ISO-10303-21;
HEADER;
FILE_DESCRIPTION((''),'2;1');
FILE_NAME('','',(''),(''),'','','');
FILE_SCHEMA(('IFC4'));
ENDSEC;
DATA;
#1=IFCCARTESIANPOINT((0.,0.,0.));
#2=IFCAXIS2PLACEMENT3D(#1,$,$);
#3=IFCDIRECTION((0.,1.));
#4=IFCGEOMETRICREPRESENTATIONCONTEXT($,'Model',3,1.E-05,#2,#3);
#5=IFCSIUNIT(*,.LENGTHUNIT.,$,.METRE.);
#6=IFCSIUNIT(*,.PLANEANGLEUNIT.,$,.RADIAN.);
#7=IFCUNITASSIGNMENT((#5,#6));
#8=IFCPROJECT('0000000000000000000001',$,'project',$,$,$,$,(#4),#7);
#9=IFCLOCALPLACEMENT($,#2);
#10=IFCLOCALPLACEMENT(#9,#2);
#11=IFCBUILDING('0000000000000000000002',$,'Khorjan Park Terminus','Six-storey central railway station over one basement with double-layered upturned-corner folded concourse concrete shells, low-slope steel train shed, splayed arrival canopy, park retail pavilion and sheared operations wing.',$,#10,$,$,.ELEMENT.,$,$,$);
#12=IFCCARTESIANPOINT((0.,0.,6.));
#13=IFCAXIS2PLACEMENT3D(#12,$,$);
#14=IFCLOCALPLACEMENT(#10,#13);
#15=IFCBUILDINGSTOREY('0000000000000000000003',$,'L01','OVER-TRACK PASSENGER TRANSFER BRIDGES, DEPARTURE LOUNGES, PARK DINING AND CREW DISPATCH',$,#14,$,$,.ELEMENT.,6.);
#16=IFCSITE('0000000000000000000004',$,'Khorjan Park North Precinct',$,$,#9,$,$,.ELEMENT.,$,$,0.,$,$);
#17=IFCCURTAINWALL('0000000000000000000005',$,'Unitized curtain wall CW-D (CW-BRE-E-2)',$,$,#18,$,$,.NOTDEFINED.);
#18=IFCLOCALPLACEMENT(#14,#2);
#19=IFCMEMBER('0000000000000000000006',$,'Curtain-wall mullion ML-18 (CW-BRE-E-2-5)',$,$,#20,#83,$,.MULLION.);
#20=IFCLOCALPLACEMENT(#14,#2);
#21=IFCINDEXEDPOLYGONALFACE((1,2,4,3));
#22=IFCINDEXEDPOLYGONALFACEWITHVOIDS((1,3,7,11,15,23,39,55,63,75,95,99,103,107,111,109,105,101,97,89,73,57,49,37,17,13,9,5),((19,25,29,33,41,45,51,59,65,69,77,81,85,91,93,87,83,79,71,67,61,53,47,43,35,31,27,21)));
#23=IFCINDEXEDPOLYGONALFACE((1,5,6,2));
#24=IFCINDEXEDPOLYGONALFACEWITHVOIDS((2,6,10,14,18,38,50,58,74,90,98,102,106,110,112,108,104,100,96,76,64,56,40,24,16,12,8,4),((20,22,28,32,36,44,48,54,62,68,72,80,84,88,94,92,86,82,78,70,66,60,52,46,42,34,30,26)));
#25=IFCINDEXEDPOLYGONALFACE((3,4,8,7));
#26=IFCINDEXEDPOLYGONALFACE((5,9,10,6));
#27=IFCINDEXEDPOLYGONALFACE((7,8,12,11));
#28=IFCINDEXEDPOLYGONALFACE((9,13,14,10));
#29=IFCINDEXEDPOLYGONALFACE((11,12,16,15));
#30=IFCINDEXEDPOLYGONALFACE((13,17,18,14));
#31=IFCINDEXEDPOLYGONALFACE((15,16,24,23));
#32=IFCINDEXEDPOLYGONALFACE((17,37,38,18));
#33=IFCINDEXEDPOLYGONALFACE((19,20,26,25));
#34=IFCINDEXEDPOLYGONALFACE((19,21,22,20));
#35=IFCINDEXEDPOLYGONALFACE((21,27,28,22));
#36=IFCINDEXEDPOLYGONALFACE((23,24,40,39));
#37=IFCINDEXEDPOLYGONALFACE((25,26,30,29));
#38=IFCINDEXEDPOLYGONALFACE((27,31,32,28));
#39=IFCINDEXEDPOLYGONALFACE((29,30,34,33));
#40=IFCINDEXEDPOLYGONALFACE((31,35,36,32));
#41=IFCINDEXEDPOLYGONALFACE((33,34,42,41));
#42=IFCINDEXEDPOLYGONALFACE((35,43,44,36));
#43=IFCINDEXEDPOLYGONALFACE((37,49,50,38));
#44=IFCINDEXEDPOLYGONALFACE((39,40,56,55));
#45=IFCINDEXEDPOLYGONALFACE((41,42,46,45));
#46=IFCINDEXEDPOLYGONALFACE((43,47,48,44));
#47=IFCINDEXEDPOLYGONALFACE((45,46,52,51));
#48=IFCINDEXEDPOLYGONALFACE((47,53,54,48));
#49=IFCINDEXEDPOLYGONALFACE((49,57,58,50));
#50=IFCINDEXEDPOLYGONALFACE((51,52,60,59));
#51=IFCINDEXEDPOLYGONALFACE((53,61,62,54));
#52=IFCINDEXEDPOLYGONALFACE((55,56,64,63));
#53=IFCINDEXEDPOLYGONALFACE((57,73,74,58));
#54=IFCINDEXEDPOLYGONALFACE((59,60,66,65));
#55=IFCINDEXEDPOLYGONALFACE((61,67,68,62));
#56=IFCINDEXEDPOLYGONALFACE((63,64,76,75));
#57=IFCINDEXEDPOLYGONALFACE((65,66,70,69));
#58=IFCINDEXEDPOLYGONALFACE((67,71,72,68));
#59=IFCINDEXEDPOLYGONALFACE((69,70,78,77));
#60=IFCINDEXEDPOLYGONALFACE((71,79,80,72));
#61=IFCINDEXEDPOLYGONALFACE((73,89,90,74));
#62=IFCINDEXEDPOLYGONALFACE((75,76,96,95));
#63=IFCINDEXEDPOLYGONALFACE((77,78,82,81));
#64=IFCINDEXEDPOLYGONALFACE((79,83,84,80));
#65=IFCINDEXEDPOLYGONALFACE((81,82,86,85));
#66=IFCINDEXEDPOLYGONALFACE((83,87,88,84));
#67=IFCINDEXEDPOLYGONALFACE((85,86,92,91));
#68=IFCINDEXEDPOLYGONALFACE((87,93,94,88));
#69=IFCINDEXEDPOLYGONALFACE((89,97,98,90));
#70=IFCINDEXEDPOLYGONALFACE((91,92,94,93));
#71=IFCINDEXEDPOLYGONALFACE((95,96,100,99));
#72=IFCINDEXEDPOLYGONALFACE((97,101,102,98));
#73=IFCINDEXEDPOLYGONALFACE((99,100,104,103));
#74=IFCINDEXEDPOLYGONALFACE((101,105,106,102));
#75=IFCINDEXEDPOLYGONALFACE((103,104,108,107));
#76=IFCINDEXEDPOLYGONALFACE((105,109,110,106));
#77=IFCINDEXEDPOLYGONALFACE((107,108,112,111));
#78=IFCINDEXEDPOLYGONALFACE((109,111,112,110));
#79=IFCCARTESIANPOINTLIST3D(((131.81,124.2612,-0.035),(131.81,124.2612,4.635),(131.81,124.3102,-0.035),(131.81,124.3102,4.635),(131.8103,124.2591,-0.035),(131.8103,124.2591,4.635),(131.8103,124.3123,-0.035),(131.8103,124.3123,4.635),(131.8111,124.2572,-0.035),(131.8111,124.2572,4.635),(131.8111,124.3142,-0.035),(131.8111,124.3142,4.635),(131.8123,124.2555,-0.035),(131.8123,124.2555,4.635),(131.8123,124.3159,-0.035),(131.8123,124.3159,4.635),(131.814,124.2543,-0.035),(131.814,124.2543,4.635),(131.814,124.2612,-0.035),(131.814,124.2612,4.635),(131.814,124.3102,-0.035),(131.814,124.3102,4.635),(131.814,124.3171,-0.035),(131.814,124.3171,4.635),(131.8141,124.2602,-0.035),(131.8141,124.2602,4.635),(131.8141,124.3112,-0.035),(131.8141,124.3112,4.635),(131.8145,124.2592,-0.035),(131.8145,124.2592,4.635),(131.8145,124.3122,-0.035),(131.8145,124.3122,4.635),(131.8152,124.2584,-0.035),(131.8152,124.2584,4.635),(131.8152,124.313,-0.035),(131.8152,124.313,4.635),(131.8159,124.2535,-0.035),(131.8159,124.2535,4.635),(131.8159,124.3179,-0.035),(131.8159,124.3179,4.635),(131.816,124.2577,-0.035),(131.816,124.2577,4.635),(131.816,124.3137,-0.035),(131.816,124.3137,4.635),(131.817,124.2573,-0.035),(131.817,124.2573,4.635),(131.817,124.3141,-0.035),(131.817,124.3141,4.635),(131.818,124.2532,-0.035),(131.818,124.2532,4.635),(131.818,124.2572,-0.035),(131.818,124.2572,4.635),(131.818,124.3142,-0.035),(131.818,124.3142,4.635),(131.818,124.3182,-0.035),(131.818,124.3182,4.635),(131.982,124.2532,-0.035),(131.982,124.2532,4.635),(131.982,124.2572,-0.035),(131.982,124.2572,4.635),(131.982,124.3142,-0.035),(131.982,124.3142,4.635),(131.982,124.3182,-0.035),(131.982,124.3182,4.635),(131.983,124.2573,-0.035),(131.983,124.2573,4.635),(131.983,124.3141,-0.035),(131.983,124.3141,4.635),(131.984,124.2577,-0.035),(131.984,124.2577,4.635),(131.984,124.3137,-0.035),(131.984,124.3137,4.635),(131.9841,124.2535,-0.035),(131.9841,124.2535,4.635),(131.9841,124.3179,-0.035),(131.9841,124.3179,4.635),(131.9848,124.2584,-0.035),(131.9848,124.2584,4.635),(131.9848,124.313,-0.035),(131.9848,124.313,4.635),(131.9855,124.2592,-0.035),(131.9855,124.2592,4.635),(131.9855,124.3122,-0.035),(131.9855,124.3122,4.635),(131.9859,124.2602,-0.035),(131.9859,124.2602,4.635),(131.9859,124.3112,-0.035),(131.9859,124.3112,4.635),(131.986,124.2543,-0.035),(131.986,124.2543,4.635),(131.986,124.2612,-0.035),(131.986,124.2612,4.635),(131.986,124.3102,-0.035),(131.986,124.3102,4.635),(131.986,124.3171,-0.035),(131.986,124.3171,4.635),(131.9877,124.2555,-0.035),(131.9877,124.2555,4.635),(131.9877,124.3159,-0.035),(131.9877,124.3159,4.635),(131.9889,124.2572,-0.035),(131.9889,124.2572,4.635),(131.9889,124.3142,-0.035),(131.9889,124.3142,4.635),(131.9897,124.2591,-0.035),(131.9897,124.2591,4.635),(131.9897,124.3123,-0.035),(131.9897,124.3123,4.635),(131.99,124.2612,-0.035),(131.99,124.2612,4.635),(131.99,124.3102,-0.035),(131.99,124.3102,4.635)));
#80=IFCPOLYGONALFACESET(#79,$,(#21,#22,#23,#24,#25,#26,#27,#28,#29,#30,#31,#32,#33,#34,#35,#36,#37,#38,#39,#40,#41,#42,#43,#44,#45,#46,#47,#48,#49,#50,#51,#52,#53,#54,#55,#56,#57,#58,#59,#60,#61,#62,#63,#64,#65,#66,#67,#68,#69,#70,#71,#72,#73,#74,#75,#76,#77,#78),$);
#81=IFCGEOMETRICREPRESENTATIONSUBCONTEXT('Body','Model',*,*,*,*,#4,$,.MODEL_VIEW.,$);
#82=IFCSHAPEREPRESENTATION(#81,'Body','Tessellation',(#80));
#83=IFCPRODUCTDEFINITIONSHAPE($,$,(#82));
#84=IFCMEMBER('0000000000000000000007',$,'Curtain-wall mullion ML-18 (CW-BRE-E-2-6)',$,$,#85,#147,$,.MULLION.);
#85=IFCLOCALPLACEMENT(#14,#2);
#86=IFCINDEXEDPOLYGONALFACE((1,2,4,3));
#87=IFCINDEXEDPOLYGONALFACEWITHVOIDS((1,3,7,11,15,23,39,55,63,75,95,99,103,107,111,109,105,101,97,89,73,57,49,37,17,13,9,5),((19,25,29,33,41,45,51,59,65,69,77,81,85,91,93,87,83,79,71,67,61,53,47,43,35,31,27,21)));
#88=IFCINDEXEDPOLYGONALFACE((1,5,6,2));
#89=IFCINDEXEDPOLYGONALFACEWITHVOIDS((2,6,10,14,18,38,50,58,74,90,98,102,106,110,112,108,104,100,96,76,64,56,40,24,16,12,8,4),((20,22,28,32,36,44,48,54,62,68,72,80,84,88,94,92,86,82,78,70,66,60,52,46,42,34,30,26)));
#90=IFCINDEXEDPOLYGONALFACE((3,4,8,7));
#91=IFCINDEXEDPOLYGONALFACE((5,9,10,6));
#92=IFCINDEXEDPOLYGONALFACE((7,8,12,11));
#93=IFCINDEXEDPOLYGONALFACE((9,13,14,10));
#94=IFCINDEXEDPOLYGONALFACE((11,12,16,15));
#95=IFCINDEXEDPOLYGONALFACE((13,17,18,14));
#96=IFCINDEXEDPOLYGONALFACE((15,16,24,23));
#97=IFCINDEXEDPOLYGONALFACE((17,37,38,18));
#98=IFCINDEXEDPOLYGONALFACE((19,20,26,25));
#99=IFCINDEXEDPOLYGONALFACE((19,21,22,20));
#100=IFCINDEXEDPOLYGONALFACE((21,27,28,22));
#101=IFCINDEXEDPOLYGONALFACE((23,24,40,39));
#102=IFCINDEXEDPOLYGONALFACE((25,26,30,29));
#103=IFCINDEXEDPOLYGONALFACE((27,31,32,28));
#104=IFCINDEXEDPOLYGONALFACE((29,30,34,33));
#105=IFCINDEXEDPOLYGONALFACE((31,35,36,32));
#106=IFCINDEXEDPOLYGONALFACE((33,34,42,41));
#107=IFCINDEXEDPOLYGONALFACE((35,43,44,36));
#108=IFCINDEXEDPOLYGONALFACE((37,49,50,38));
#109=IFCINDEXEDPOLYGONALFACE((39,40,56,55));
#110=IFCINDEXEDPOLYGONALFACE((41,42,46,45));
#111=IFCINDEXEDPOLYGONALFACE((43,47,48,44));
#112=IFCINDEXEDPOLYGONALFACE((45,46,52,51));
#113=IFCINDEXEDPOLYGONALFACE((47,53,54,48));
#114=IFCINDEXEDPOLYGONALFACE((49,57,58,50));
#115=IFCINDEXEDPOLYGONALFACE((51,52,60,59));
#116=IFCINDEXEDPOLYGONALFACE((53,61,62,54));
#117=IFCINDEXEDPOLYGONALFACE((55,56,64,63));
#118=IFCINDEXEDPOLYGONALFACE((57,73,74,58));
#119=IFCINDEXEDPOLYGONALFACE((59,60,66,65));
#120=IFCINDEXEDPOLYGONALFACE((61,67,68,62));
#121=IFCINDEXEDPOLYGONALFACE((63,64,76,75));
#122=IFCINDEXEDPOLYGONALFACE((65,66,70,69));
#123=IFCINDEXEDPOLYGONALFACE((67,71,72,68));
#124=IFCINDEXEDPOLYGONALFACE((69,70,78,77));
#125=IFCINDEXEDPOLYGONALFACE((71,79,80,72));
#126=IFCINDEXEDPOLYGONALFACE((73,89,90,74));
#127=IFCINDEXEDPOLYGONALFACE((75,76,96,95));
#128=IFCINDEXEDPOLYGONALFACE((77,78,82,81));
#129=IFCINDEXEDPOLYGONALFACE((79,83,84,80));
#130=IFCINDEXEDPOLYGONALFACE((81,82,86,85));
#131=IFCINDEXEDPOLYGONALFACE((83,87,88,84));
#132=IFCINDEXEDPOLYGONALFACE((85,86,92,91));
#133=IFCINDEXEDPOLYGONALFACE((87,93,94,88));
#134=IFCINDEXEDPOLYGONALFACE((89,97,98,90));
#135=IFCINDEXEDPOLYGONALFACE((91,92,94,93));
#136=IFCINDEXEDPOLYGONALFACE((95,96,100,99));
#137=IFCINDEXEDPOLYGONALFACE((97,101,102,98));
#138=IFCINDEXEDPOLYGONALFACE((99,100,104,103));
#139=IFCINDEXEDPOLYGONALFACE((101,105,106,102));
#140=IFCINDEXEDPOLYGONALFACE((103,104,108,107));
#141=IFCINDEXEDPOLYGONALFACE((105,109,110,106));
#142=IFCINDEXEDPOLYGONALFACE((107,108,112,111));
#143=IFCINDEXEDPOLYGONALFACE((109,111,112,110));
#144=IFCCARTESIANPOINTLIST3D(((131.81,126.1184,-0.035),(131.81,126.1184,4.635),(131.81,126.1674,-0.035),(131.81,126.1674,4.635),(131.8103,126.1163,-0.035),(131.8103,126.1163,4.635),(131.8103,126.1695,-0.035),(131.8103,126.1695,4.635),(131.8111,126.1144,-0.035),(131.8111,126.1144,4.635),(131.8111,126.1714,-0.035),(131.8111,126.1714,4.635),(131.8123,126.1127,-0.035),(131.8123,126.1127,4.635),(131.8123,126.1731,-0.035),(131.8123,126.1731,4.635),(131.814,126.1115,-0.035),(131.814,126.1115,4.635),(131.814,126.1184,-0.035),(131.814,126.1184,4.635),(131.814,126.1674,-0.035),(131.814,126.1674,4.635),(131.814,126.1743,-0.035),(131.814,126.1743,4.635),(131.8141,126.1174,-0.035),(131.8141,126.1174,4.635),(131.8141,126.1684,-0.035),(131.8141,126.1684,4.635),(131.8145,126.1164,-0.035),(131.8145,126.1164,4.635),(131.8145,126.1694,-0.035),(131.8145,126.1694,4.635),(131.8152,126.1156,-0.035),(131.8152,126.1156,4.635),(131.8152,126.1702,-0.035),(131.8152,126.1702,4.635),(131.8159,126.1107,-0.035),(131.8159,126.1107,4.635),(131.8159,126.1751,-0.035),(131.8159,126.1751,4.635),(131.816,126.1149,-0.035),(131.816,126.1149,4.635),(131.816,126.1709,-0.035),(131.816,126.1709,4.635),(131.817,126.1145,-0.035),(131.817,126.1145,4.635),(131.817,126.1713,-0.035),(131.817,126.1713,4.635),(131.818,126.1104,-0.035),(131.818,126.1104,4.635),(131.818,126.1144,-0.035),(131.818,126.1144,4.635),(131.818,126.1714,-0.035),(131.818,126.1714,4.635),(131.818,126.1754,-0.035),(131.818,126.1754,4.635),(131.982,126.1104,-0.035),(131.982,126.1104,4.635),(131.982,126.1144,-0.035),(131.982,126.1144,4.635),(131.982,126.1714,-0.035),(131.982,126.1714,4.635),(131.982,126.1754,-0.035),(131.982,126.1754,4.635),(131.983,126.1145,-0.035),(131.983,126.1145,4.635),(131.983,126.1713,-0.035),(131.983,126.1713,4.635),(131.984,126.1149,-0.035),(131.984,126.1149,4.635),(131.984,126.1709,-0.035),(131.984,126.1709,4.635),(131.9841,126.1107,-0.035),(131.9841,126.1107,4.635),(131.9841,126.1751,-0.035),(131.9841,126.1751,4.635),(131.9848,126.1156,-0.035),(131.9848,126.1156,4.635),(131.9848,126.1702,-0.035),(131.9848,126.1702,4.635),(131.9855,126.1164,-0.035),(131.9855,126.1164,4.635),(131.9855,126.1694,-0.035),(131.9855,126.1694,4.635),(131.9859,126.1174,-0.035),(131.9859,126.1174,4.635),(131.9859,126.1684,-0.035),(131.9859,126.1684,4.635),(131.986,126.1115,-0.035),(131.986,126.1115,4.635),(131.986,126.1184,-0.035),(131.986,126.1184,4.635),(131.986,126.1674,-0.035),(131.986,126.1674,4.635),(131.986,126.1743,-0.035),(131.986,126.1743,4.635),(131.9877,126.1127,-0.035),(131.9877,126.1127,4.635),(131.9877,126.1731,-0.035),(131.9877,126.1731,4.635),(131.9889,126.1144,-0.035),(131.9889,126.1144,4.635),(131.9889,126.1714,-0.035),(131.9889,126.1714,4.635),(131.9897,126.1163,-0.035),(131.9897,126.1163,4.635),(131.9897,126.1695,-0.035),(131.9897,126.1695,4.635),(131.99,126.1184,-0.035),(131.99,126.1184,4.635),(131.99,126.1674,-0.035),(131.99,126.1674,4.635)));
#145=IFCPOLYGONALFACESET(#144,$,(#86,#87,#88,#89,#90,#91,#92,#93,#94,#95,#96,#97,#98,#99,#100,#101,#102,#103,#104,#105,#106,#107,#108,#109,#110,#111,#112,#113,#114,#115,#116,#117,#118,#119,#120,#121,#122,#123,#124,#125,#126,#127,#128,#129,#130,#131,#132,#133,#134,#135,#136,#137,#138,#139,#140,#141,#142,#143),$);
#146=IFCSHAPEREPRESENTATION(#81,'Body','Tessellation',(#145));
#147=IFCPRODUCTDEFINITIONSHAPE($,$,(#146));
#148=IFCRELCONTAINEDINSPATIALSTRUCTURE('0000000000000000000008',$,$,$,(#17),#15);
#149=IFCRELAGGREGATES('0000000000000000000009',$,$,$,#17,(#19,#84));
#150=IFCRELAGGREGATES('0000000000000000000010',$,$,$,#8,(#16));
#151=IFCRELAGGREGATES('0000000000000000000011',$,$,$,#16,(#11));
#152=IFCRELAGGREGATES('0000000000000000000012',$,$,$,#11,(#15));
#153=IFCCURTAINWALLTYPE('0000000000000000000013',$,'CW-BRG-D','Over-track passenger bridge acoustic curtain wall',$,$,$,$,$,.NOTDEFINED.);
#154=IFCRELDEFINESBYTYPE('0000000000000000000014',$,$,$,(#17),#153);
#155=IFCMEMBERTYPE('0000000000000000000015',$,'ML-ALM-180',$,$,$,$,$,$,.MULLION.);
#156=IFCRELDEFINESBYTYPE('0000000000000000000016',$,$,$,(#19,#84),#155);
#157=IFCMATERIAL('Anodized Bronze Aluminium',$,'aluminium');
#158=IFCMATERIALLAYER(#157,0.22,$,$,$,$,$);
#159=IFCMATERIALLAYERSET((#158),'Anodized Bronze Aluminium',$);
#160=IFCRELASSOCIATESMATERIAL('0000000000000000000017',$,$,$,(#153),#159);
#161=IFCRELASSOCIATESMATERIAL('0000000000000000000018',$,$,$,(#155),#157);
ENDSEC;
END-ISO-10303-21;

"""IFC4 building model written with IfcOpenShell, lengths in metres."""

from ifc_helpers import new_model, si_unit, direction, frame, origin, origin_2d, place, context, subcontext, project, spatial, hollow_rectangle, extrude, material, layer, layer_set, material_profile, profile_set, type_object, element, aggregate, save


model = new_model("IFC4")

# Units and contexts
model_context = context("Model", 3, precision=1e-05, world=origin(), true_north=direction((0.0, 1.0)))
body_context = subcontext(model_context, "Body", "Model", "MODEL_VIEW")
ifc_project = project(units=[si_unit("LENGTHUNIT", "METRE"), si_unit("PLANEANGLEUNIT", "RADIAN")], contexts=[model_context])

# Site, building, storey
site_placement = place(None, origin())
site = spatial("IfcSite", under=ifc_project, at=site_placement, Name="Khorjan Park North Precinct", CompositionType="ELEMENT", RefElevation=0.0)
building_placement = place(site_placement, origin())
building = spatial("IfcBuilding", under=site, at=building_placement, Name="Khorjan Park Terminus", Description="Six-storey central railway station over one basement with double-layered upturned-corner folded concourse concrete shells, low-slope steel train shed, splayed arrival canopy, park retail pavilion and sheared operations wing.", CompositionType="ELEMENT")
storey_placement = place(building_placement, frame((0.0, 0.0, 6.0)))
storey = spatial("IfcBuildingStorey", under=building, at=storey_placement, Name="L01", Description="OVER-TRACK PASSENGER TRANSFER BRIDGES, DEPARTURE LOUNGES, PARK DINING AND CREW DISPATCH", CompositionType="ELEMENT", Elevation=6.0)

# Curtain wall, members
ifc_material_1 = material(Name="Anodized Bronze Aluminium", Category="aluminium")
ifc_layer_1 = layer(ifc_material_1, 0.22)
ifc_layer_set_1 = layer_set([ifc_layer_1], Name="Anodized Bronze Aluminium")
curtain_wall_type = type_object("IfcCurtainWallType", Name="CW-BRG-D", Description="Over-track passenger bridge acoustic curtain wall", PredefinedType="NOTDEFINED", material=ifc_layer_set_1)
curtain_wall_1_placement = place(storey_placement, origin())
curtain_wall_1 = element("IfcCurtainWall", 1, at=curtain_wall_1_placement, inside=storey, type_object=curtain_wall_type, Name="Unitized curtain wall CW-D (CW-BRE-E-2)", PredefinedType="NOTDEFINED")
ifc_material_profile_1 = material_profile(ifc_material_1, hollow_rectangle(XDim=0.065, YDim=0.18, WallThickness=0.004, InnerFilletRadius=0.004, OuterFilletRadius=0.008, at=origin_2d()), Name="ALM 65x180x4")
ifc_profile_set_1 = profile_set([ifc_material_profile_1], Name="Anodized Bronze Aluminium")
member_type_1 = type_object("IfcMemberType", Name="ML-ALM-180", PredefinedType="MULLION", material=ifc_profile_set_1)
member_1_placement = place(storey_placement, frame((131.9, 124.2857, -0.035), z_axis=(0.0, 0.0, 1.0), x_axis=(0.0, 1.0, 0.0)))
member_1 = element("IfcMember", 2, at=member_1_placement, type_object=member_type_1, Name="Curtain-wall mullion ML-18 (CW-BRE-E-2-5)", PredefinedType="MULLION", context=body_context, shape_type="SweptSolid", body=[
    extrude(hollow_rectangle(XDim=0.065, YDim=0.18, WallThickness=0.004, InnerFilletRadius=0.004, OuterFilletRadius=0.008, at=origin_2d()), origin(), (0.0, 0.0, 1.0), 4.67),
])
member_2_placement = place(storey_placement, frame((131.9, 126.1429, -0.035), z_axis=(0.0, 0.0, 1.0), x_axis=(0.0, 1.0, 0.0)))
member_2 = element("IfcMember", 3, at=member_2_placement, type_object=member_type_1, Name="Curtain-wall mullion ML-18 (CW-BRE-E-2-6)", PredefinedType="MULLION", context=body_context, shape_type="SweptSolid", body=[
    extrude(hollow_rectangle(XDim=0.065, YDim=0.18, WallThickness=0.004, InnerFilletRadius=0.004, OuterFilletRadius=0.008, at=origin_2d()), origin(), (0.0, 0.0, 1.0), 4.67),
])

aggregate(curtain_wall_1, [member_1, member_2])

save(model, "model.ifc")
